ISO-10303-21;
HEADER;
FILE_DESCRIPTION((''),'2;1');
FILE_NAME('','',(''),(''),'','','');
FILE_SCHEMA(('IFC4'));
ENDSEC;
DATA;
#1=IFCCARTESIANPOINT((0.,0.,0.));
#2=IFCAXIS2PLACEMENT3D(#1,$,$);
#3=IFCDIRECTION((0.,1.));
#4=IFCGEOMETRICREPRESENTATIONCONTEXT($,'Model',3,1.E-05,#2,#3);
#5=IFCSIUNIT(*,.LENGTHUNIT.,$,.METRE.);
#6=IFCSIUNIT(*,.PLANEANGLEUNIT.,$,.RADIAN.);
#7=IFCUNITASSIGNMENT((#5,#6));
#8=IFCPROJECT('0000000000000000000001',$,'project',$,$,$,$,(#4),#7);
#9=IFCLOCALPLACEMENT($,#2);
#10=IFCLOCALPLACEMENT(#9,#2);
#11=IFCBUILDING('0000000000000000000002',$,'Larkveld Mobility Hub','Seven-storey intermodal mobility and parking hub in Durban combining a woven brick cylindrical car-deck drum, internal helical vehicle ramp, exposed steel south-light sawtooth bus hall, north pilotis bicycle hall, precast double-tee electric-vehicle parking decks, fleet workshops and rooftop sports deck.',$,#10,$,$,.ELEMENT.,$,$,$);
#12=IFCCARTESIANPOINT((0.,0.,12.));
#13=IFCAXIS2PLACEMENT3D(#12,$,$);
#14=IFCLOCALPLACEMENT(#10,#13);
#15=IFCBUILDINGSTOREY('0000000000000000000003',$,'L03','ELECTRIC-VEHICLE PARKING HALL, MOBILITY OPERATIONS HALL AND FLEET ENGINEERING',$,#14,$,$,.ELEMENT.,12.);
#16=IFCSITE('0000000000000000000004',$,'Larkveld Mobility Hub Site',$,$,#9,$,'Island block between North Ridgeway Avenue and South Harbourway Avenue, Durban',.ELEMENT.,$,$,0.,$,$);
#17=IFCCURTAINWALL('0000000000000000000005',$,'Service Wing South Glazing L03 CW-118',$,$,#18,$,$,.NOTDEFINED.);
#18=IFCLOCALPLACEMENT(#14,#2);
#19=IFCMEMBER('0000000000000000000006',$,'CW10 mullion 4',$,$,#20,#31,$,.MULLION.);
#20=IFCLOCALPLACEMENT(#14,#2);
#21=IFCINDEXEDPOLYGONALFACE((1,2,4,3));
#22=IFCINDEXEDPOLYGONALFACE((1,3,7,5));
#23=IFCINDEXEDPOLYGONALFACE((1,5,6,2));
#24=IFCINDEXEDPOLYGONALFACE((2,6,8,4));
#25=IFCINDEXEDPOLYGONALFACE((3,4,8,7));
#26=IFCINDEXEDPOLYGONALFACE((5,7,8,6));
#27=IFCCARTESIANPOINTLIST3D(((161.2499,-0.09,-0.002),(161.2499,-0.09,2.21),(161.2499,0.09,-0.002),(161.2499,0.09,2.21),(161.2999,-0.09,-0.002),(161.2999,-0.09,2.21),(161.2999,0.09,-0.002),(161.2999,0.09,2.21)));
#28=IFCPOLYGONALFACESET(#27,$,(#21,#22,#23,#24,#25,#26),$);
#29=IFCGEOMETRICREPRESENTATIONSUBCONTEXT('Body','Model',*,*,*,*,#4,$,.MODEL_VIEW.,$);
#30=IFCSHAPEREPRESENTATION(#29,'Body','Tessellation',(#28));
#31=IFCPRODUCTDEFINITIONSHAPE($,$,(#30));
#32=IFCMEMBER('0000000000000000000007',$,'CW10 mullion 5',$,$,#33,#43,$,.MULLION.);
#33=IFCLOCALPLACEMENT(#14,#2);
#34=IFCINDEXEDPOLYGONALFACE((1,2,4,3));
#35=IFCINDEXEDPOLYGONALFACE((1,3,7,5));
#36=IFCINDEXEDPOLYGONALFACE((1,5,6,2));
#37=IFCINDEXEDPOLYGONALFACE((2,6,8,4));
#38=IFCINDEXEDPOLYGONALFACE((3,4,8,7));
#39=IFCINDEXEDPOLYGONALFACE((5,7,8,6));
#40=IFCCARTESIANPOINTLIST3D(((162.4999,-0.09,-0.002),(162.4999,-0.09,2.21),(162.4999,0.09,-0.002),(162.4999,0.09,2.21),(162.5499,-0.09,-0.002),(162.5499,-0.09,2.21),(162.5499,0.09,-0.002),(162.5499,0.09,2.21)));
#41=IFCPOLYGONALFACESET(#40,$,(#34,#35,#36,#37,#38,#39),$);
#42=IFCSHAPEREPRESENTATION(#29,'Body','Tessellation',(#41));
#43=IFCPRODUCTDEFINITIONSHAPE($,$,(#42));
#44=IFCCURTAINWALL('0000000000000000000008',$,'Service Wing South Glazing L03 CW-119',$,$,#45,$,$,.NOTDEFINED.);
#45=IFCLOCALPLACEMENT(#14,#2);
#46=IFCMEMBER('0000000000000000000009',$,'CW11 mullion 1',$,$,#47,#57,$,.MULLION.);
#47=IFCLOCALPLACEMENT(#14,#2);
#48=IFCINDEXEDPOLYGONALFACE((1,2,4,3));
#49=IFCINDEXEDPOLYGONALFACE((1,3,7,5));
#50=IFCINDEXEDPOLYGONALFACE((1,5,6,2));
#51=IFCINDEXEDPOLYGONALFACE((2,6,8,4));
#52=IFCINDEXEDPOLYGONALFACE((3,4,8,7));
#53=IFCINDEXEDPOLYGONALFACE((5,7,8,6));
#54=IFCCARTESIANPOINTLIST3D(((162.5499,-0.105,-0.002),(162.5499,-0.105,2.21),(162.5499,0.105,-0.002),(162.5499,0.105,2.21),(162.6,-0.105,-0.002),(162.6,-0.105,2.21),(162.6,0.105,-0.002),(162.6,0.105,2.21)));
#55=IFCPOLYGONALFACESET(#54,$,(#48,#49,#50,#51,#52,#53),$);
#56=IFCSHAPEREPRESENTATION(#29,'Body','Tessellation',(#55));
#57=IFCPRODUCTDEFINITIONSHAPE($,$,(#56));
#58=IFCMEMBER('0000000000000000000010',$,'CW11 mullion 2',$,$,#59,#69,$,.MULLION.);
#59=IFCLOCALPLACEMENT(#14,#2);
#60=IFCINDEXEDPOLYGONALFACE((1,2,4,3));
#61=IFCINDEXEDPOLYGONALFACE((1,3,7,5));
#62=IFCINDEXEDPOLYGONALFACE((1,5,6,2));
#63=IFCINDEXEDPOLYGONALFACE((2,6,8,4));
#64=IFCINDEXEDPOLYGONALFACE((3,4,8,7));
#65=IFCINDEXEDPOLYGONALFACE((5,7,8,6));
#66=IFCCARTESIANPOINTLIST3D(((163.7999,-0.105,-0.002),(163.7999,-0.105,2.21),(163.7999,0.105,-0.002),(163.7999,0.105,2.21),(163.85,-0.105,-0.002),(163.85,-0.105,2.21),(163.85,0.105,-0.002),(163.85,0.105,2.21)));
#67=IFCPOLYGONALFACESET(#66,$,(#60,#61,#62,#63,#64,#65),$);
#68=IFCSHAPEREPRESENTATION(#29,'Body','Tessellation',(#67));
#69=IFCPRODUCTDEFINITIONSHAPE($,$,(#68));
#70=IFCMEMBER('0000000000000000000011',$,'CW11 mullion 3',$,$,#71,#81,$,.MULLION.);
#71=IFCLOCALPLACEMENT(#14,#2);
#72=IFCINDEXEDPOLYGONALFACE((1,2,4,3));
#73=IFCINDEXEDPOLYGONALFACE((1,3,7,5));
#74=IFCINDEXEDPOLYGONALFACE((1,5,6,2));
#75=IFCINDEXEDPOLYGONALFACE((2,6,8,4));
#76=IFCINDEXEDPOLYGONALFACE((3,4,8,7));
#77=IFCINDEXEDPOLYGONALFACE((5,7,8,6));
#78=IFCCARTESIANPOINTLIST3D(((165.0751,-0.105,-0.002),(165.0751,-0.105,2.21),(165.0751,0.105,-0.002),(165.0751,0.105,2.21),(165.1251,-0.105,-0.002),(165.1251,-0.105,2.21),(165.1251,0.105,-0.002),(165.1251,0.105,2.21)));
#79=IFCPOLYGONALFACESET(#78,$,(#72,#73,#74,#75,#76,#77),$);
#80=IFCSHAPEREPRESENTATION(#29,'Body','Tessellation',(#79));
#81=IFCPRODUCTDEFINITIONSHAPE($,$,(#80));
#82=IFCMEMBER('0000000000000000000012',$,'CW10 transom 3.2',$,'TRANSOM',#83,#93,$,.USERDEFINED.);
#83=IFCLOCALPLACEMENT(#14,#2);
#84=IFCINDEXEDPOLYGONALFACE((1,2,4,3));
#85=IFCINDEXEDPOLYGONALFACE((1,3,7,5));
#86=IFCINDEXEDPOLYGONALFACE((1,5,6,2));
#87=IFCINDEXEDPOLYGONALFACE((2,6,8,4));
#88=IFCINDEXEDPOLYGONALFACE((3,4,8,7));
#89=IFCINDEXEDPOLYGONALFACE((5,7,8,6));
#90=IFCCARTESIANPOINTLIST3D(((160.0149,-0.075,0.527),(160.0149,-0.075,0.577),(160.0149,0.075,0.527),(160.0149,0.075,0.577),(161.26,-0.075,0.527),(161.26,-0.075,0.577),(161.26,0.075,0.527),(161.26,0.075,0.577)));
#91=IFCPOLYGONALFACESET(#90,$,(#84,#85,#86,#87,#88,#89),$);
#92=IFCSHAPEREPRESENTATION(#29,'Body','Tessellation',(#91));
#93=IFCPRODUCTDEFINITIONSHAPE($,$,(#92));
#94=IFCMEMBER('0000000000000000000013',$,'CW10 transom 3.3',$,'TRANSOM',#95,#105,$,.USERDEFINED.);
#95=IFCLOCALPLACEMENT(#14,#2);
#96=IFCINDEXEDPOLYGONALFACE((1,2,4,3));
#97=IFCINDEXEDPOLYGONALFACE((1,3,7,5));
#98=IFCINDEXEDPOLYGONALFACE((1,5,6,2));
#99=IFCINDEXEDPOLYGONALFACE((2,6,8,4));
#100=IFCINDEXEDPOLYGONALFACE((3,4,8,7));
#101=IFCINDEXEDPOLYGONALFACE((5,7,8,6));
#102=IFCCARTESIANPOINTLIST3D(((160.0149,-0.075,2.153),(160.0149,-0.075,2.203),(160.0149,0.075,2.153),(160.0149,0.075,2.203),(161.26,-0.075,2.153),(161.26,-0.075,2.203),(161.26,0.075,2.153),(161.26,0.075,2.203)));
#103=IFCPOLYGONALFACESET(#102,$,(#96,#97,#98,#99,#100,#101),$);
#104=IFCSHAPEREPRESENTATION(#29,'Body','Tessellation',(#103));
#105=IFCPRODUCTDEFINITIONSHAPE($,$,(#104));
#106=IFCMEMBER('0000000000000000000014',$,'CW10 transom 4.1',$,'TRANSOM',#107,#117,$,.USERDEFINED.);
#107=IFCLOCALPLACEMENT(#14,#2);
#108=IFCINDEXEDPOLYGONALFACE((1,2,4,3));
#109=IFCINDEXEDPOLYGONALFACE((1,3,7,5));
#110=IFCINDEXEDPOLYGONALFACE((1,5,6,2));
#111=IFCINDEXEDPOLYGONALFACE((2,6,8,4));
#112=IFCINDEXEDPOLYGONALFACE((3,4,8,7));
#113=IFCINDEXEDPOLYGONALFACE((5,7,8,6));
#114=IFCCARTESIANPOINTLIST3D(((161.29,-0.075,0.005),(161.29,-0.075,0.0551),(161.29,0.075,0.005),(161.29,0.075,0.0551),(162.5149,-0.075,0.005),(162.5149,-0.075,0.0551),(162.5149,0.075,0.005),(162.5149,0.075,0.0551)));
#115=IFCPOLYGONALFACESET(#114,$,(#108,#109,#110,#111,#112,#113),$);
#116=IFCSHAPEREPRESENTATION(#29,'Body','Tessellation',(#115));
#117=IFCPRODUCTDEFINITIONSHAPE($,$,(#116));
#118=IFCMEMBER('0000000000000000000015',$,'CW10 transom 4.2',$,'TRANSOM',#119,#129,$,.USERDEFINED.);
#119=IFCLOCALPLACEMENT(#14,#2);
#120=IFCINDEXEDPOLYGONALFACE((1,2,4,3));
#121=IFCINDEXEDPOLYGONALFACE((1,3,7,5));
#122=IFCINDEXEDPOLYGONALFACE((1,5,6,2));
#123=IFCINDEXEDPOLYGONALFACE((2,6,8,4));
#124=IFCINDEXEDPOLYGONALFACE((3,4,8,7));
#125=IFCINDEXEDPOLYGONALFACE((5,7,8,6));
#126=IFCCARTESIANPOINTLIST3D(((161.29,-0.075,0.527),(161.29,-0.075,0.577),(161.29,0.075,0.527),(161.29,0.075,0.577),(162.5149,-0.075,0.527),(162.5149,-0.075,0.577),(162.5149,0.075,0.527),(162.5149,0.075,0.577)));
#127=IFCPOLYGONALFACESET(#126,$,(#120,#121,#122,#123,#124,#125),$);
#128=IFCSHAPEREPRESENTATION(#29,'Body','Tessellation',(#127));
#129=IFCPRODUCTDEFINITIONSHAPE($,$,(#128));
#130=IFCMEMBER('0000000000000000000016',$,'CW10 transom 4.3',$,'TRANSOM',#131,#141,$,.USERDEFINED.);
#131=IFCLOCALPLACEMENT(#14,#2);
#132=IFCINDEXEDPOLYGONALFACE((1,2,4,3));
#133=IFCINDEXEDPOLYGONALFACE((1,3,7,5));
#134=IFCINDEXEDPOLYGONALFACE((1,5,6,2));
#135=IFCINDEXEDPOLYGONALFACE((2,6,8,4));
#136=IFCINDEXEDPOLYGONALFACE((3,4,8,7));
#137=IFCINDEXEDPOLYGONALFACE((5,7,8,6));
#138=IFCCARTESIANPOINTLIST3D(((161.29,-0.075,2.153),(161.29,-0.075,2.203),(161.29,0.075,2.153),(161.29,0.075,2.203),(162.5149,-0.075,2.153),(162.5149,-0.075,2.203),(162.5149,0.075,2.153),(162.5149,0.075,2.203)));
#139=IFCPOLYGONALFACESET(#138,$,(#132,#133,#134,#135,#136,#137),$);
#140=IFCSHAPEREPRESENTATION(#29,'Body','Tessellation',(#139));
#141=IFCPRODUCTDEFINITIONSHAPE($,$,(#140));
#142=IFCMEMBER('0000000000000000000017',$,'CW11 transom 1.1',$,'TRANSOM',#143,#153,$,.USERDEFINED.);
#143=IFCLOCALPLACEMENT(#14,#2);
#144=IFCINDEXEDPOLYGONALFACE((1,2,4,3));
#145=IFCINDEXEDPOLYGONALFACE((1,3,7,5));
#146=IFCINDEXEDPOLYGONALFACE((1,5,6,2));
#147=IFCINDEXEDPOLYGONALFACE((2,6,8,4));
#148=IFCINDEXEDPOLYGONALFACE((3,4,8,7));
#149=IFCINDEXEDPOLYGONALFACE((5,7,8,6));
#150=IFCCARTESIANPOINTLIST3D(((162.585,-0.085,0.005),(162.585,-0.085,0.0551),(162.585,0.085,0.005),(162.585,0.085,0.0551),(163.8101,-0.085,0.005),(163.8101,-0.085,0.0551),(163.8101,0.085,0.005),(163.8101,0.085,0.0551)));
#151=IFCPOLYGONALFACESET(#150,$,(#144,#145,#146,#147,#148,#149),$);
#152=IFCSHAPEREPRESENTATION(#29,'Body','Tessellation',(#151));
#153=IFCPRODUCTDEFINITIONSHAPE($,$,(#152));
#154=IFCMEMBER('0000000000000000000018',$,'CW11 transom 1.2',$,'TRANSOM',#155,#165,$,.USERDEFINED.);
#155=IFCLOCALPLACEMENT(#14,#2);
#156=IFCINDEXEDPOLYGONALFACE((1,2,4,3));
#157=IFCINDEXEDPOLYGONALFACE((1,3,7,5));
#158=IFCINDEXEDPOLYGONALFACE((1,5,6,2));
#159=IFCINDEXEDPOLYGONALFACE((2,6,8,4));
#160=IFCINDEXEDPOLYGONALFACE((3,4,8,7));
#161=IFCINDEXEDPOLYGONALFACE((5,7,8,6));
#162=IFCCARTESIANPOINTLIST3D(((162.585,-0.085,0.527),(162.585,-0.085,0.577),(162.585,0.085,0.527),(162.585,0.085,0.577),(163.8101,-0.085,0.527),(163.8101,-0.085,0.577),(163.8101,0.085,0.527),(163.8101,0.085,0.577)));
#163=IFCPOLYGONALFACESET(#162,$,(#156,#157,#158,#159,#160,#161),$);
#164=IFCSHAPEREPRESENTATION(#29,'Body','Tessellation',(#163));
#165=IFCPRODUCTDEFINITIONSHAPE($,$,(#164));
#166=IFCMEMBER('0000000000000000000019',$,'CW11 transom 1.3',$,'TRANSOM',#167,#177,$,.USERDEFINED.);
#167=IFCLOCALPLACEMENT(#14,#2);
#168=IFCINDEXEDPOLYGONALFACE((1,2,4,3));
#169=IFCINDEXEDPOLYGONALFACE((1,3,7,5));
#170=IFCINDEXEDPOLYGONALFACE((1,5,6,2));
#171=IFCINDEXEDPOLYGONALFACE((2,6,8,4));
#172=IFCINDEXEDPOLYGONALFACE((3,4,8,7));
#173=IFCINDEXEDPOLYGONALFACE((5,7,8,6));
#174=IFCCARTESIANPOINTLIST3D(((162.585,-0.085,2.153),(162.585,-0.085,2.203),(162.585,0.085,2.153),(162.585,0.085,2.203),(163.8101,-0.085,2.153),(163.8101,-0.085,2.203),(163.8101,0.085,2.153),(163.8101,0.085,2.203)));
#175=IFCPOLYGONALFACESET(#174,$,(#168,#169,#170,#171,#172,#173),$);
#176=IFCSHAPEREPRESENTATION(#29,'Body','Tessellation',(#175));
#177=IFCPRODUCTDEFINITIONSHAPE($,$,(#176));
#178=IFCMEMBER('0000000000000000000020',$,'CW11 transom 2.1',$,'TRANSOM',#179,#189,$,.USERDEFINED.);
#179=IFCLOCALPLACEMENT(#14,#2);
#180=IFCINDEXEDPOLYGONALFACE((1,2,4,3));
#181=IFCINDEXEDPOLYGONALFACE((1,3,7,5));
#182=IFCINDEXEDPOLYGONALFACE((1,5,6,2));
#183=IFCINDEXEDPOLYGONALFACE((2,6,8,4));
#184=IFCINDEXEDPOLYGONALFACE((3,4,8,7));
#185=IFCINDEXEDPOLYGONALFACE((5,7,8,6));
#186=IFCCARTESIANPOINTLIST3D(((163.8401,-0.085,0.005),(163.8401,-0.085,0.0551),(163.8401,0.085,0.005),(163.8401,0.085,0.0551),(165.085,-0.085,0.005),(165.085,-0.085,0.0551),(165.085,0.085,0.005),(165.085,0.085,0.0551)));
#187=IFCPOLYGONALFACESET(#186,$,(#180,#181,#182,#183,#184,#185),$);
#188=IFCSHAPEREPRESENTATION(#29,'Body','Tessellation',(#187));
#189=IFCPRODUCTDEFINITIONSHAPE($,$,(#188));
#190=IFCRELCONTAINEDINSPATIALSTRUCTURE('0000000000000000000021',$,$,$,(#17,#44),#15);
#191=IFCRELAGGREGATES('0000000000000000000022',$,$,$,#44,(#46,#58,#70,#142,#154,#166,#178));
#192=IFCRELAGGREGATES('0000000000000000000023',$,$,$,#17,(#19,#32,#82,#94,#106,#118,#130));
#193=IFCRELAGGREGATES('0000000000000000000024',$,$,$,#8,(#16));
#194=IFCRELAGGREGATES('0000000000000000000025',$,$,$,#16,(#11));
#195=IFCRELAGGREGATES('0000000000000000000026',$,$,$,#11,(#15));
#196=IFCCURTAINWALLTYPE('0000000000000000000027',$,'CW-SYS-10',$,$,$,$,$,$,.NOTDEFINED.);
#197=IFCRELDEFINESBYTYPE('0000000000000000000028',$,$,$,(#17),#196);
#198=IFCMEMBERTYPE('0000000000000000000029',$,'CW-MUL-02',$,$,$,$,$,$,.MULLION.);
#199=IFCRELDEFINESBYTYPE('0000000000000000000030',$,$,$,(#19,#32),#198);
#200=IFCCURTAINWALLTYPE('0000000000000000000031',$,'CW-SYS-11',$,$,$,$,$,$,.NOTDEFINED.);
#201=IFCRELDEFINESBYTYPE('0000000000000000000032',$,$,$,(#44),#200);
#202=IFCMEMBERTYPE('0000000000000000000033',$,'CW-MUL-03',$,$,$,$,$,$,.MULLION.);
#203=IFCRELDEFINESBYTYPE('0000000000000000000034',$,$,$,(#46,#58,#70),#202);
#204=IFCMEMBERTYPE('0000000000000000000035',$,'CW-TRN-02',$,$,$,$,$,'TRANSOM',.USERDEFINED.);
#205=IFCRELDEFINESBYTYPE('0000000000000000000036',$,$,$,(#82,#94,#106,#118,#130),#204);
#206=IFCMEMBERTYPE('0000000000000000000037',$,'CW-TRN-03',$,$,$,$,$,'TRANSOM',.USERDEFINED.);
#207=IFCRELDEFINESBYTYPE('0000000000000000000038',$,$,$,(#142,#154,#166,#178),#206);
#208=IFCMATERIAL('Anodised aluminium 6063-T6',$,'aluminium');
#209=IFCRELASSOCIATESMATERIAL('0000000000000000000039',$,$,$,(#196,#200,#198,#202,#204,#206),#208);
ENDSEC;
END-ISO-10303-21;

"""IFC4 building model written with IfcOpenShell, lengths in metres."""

from ifc_helpers import new_model, si_unit, direction, frame, origin, origin_2d, place, context, subcontext, project, spatial, rectangle, extrude, material, material_profile, profile_set, type_object, element, aggregate, save


model = new_model("IFC4")

# Units and contexts
model_context = context("Model", 3, precision=1e-05, world=origin(), true_north=direction((0.0, 1.0)))
body_context = subcontext(model_context, "Body", "Model", "MODEL_VIEW")
ifc_project = project(units=[si_unit("LENGTHUNIT", "METRE"), si_unit("PLANEANGLEUNIT", "RADIAN")], contexts=[model_context])

# Site, building, storey
site_placement = place(None, origin())
site = spatial("IfcSite", under=ifc_project, at=site_placement, Name="Larkveld Mobility Hub Site", LongName="Island block between North Ridgeway Avenue and South Harbourway Avenue, Durban", CompositionType="ELEMENT", RefElevation=0.0)
building_placement = place(site_placement, origin())
building = spatial("IfcBuilding", under=site, at=building_placement, Name="Larkveld Mobility Hub", Description="Seven-storey intermodal mobility and parking hub in Durban combining a woven brick cylindrical car-deck drum, internal helical vehicle ramp, exposed steel south-light sawtooth bus hall, north pilotis bicycle hall, precast double-tee electric-vehicle parking decks, fleet workshops and rooftop sports deck.", CompositionType="ELEMENT")
storey_placement = place(building_placement, frame((0.0, 0.0, 12.0)))
storey = spatial("IfcBuildingStorey", under=building, at=storey_placement, Name="L03", Description="ELECTRIC-VEHICLE PARKING HALL, MOBILITY OPERATIONS HALL AND FLEET ENGINEERING", CompositionType="ELEMENT", Elevation=12.0)

# Curtain walls, members
ifc_material_1 = material(Name="Anodised aluminium 6063-T6", Category="aluminium")
curtain_wall_type_1 = type_object("IfcCurtainWallType", Name="CW-SYS-10", PredefinedType="NOTDEFINED", material=ifc_material_1)
curtain_wall_1_placement = place(storey_placement, origin())
curtain_wall_1 = element("IfcCurtainWall", 1, at=curtain_wall_1_placement, inside=storey, type_object=curtain_wall_type_1, Name="Service Wing South Glazing L03 CW-118", PredefinedType="NOTDEFINED")
ifc_material_profile_1 = material_profile(ifc_material_1, rectangle(XDim=0.05, YDim=0.1799, at=origin_2d()), Name="ALU MULL 50x180")
ifc_profile_set_1 = profile_set([ifc_material_profile_1], Name="Anodised aluminium 6063-T6")
member_type_1 = type_object("IfcMemberType", Name="CW-MUL-02", PredefinedType="MULLION", material=ifc_profile_set_1)
member_1_placement = place(storey_placement, frame((161.2749, 0.0, -0.002), z_axis=(0.0, 0.0, 1.0), x_axis=(1.0, 0.0, 0.0)))
member_1 = element("IfcMember", 2, at=member_1_placement, type_object=member_type_1, Name="CW10 mullion 4", PredefinedType="MULLION", context=body_context, shape_type="SweptSolid", body=[
    extrude(rectangle(XDim=0.05, YDim=0.1799, at=origin_2d()), origin(), (0.0, 0.0, 1.0), 2.2119),
])
member_2_placement = place(storey_placement, frame((162.5249, 0.0, -0.002), z_axis=(0.0, 0.0, 1.0), x_axis=(1.0, 0.0, 0.0)))
member_2 = element("IfcMember", 3, at=member_2_placement, type_object=member_type_1, Name="CW10 mullion 5", PredefinedType="MULLION", context=body_context, shape_type="SweptSolid", body=[
    extrude(rectangle(XDim=0.05, YDim=0.1799, at=origin_2d()), origin(), (0.0, 0.0, 1.0), 2.2119),
])
curtain_wall_type_2 = type_object("IfcCurtainWallType", Name="CW-SYS-11", PredefinedType="NOTDEFINED", material=ifc_material_1)
curtain_wall_2_placement = place(storey_placement, origin())
curtain_wall_2 = element("IfcCurtainWall", 4, at=curtain_wall_2_placement, inside=storey, type_object=curtain_wall_type_2, Name="Service Wing South Glazing L03 CW-119", PredefinedType="NOTDEFINED")
ifc_material_profile_2 = material_profile(ifc_material_1, rectangle(XDim=0.05, YDim=0.21, at=origin_2d()), Name="ALU MULL 50x210")
ifc_profile_set_2 = profile_set([ifc_material_profile_2], Name="Anodised aluminium 6063-T6")
member_type_2 = type_object("IfcMemberType", Name="CW-MUL-03", PredefinedType="MULLION", material=ifc_profile_set_2)
member_3_placement = place(storey_placement, frame((162.575, 0.0, -0.002), z_axis=(0.0, 0.0, 1.0), x_axis=(1.0, 0.0, 0.0)))
member_3 = element("IfcMember", 5, at=member_3_placement, type_object=member_type_2, Name="CW11 mullion 1", PredefinedType="MULLION", context=body_context, shape_type="SweptSolid", body=[
    extrude(rectangle(XDim=0.05, YDim=0.21, at=origin_2d()), origin(), (0.0, 0.0, 1.0), 2.2119),
])
member_4_placement = place(storey_placement, frame((163.825, 0.0, -0.002), z_axis=(0.0, 0.0, 1.0), x_axis=(1.0, 0.0, 0.0)))
member_4 = element("IfcMember", 6, at=member_4_placement, type_object=member_type_2, Name="CW11 mullion 2", PredefinedType="MULLION", context=body_context, shape_type="SweptSolid", body=[
    extrude(rectangle(XDim=0.05, YDim=0.21, at=origin_2d()), origin(), (0.0, 0.0, 1.0), 2.2119),
])
member_5_placement = place(storey_placement, frame((165.1001, 0.0, -0.002), z_axis=(0.0, 0.0, 1.0), x_axis=(1.0, 0.0, 0.0)))
member_5 = element("IfcMember", 7, at=member_5_placement, type_object=member_type_2, Name="CW11 mullion 3", PredefinedType="MULLION", context=body_context, shape_type="SweptSolid", body=[
    extrude(rectangle(XDim=0.05, YDim=0.21, at=origin_2d()), origin(), (0.0, 0.0, 1.0), 2.2119),
])

# Members
ifc_material_profile_3 = material_profile(ifc_material_1, rectangle(XDim=0.1499, YDim=0.05, at=origin_2d()), Name="ALU TRAN 50x150")
ifc_profile_set_3 = profile_set([ifc_material_profile_3], Name="Anodised aluminium 6063-T6")
member_type_3 = type_object("IfcMemberType", Name="CW-TRN-02", ElementType="TRANSOM", PredefinedType="USERDEFINED", material=ifc_profile_set_3)
member_6_placement = place(storey_placement, frame((160.0149, 0.0, 0.552), z_axis=(1.0, 0.0, 0.0), x_axis=(0.0, 1.0, 0.0)))
member_6 = element("IfcMember", 8, at=member_6_placement, type_object=member_type_3, Name="CW10 transom 3.2", ObjectType="TRANSOM", PredefinedType="USERDEFINED", context=body_context, shape_type="SweptSolid", body=[
    extrude(rectangle(XDim=0.1499, YDim=0.05, at=origin_2d()), origin(), (0.0, 0.0, 1.0), 1.2451),
])
member_7_placement = place(storey_placement, frame((160.0149, 0.0, 2.178), z_axis=(1.0, 0.0, 0.0), x_axis=(0.0, 1.0, 0.0)))
member_7 = element("IfcMember", 9, at=member_7_placement, type_object=member_type_3, Name="CW10 transom 3.3", ObjectType="TRANSOM", PredefinedType="USERDEFINED", context=body_context, shape_type="SweptSolid", body=[
    extrude(rectangle(XDim=0.1499, YDim=0.05, at=origin_2d()), origin(), (0.0, 0.0, 1.0), 1.2451),
])
member_8_placement = place(storey_placement, frame((161.29, 0.0, 0.03), z_axis=(1.0, 0.0, 0.0), x_axis=(0.0, 1.0, 0.0)))
member_8 = element("IfcMember", 10, at=member_8_placement, type_object=member_type_3, Name="CW10 transom 4.1", ObjectType="TRANSOM", PredefinedType="USERDEFINED", context=body_context, shape_type="SweptSolid", body=[
    extrude(rectangle(XDim=0.1499, YDim=0.05, at=origin_2d()), origin(), (0.0, 0.0, 1.0), 1.2249),
])
member_9_placement = place(storey_placement, frame((161.29, 0.0, 0.552), z_axis=(1.0, 0.0, 0.0), x_axis=(0.0, 1.0, 0.0)))
member_9 = element("IfcMember", 11, at=member_9_placement, type_object=member_type_3, Name="CW10 transom 4.2", ObjectType="TRANSOM", PredefinedType="USERDEFINED", context=body_context, shape_type="SweptSolid", body=[
    extrude(rectangle(XDim=0.1499, YDim=0.05, at=origin_2d()), origin(), (0.0, 0.0, 1.0), 1.2249),
])
member_10_placement = place(storey_placement, frame((161.29, 0.0, 2.178), z_axis=(1.0, 0.0, 0.0), x_axis=(0.0, 1.0, 0.0)))
member_10 = element("IfcMember", 12, at=member_10_placement, type_object=member_type_3, Name="CW10 transom 4.3", ObjectType="TRANSOM", PredefinedType="USERDEFINED", context=body_context, shape_type="SweptSolid", body=[
    extrude(rectangle(XDim=0.1499, YDim=0.05, at=origin_2d()), origin(), (0.0, 0.0, 1.0), 1.2249),
])
ifc_material_profile_4 = material_profile(ifc_material_1, rectangle(XDim=0.1699, YDim=0.05, at=origin_2d()), Name="ALU TRAN 50x170")
ifc_profile_set_4 = profile_set([ifc_material_profile_4], Name="Anodised aluminium 6063-T6")
member_type_4 = type_object("IfcMemberType", Name="CW-TRN-03", ElementType="TRANSOM", PredefinedType="USERDEFINED", material=ifc_profile_set_4)
member_11_placement = place(storey_placement, frame((162.585, 0.0, 0.03), z_axis=(1.0, 0.0, 0.0), x_axis=(0.0, 1.0, 0.0)))
member_11 = element("IfcMember", 13, at=member_11_placement, type_object=member_type_4, Name="CW11 transom 1.1", ObjectType="TRANSOM", PredefinedType="USERDEFINED", context=body_context, shape_type="SweptSolid", body=[
    extrude(rectangle(XDim=0.1699, YDim=0.05, at=origin_2d()), origin(), (0.0, 0.0, 1.0), 1.2251),
])
member_12_placement = place(storey_placement, frame((162.585, 0.0, 0.552), z_axis=(1.0, 0.0, 0.0), x_axis=(0.0, 1.0, 0.0)))
member_12 = element("IfcMember", 14, at=member_12_placement, type_object=member_type_4, Name="CW11 transom 1.2", ObjectType="TRANSOM", PredefinedType="USERDEFINED", context=body_context, shape_type="SweptSolid", body=[
    extrude(rectangle(XDim=0.1699, YDim=0.05, at=origin_2d()), origin(), (0.0, 0.0, 1.0), 1.2251),
])
member_13_placement = place(storey_placement, frame((162.585, 0.0, 2.178), z_axis=(1.0, 0.0, 0.0), x_axis=(0.0, 1.0, 0.0)))
member_13 = element("IfcMember", 15, at=member_13_placement, type_object=member_type_4, Name="CW11 transom 1.3", ObjectType="TRANSOM", PredefinedType="USERDEFINED", context=body_context, shape_type="SweptSolid", body=[
    extrude(rectangle(XDim=0.1699, YDim=0.05, at=origin_2d()), origin(), (0.0, 0.0, 1.0), 1.2251),
])
member_14_placement = place(storey_placement, frame((163.8401, 0.0, 0.03), z_axis=(1.0, 0.0, 0.0), x_axis=(0.0, 1.0, 0.0)))
member_14 = element("IfcMember", 16, at=member_14_placement, type_object=member_type_4, Name="CW11 transom 2.1", ObjectType="TRANSOM", PredefinedType="USERDEFINED", context=body_context, shape_type="SweptSolid", body=[
    extrude(rectangle(XDim=0.1699, YDim=0.05, at=origin_2d()), origin(), (0.0, 0.0, 1.0), 1.2449),
])

aggregate(curtain_wall_2, [member_3, member_4, member_5, member_11, member_12, member_13, member_14])
aggregate(curtain_wall_1, [member_1, member_2, member_6, member_7, member_8, member_9, member_10])

save(model, "model.ifc")
